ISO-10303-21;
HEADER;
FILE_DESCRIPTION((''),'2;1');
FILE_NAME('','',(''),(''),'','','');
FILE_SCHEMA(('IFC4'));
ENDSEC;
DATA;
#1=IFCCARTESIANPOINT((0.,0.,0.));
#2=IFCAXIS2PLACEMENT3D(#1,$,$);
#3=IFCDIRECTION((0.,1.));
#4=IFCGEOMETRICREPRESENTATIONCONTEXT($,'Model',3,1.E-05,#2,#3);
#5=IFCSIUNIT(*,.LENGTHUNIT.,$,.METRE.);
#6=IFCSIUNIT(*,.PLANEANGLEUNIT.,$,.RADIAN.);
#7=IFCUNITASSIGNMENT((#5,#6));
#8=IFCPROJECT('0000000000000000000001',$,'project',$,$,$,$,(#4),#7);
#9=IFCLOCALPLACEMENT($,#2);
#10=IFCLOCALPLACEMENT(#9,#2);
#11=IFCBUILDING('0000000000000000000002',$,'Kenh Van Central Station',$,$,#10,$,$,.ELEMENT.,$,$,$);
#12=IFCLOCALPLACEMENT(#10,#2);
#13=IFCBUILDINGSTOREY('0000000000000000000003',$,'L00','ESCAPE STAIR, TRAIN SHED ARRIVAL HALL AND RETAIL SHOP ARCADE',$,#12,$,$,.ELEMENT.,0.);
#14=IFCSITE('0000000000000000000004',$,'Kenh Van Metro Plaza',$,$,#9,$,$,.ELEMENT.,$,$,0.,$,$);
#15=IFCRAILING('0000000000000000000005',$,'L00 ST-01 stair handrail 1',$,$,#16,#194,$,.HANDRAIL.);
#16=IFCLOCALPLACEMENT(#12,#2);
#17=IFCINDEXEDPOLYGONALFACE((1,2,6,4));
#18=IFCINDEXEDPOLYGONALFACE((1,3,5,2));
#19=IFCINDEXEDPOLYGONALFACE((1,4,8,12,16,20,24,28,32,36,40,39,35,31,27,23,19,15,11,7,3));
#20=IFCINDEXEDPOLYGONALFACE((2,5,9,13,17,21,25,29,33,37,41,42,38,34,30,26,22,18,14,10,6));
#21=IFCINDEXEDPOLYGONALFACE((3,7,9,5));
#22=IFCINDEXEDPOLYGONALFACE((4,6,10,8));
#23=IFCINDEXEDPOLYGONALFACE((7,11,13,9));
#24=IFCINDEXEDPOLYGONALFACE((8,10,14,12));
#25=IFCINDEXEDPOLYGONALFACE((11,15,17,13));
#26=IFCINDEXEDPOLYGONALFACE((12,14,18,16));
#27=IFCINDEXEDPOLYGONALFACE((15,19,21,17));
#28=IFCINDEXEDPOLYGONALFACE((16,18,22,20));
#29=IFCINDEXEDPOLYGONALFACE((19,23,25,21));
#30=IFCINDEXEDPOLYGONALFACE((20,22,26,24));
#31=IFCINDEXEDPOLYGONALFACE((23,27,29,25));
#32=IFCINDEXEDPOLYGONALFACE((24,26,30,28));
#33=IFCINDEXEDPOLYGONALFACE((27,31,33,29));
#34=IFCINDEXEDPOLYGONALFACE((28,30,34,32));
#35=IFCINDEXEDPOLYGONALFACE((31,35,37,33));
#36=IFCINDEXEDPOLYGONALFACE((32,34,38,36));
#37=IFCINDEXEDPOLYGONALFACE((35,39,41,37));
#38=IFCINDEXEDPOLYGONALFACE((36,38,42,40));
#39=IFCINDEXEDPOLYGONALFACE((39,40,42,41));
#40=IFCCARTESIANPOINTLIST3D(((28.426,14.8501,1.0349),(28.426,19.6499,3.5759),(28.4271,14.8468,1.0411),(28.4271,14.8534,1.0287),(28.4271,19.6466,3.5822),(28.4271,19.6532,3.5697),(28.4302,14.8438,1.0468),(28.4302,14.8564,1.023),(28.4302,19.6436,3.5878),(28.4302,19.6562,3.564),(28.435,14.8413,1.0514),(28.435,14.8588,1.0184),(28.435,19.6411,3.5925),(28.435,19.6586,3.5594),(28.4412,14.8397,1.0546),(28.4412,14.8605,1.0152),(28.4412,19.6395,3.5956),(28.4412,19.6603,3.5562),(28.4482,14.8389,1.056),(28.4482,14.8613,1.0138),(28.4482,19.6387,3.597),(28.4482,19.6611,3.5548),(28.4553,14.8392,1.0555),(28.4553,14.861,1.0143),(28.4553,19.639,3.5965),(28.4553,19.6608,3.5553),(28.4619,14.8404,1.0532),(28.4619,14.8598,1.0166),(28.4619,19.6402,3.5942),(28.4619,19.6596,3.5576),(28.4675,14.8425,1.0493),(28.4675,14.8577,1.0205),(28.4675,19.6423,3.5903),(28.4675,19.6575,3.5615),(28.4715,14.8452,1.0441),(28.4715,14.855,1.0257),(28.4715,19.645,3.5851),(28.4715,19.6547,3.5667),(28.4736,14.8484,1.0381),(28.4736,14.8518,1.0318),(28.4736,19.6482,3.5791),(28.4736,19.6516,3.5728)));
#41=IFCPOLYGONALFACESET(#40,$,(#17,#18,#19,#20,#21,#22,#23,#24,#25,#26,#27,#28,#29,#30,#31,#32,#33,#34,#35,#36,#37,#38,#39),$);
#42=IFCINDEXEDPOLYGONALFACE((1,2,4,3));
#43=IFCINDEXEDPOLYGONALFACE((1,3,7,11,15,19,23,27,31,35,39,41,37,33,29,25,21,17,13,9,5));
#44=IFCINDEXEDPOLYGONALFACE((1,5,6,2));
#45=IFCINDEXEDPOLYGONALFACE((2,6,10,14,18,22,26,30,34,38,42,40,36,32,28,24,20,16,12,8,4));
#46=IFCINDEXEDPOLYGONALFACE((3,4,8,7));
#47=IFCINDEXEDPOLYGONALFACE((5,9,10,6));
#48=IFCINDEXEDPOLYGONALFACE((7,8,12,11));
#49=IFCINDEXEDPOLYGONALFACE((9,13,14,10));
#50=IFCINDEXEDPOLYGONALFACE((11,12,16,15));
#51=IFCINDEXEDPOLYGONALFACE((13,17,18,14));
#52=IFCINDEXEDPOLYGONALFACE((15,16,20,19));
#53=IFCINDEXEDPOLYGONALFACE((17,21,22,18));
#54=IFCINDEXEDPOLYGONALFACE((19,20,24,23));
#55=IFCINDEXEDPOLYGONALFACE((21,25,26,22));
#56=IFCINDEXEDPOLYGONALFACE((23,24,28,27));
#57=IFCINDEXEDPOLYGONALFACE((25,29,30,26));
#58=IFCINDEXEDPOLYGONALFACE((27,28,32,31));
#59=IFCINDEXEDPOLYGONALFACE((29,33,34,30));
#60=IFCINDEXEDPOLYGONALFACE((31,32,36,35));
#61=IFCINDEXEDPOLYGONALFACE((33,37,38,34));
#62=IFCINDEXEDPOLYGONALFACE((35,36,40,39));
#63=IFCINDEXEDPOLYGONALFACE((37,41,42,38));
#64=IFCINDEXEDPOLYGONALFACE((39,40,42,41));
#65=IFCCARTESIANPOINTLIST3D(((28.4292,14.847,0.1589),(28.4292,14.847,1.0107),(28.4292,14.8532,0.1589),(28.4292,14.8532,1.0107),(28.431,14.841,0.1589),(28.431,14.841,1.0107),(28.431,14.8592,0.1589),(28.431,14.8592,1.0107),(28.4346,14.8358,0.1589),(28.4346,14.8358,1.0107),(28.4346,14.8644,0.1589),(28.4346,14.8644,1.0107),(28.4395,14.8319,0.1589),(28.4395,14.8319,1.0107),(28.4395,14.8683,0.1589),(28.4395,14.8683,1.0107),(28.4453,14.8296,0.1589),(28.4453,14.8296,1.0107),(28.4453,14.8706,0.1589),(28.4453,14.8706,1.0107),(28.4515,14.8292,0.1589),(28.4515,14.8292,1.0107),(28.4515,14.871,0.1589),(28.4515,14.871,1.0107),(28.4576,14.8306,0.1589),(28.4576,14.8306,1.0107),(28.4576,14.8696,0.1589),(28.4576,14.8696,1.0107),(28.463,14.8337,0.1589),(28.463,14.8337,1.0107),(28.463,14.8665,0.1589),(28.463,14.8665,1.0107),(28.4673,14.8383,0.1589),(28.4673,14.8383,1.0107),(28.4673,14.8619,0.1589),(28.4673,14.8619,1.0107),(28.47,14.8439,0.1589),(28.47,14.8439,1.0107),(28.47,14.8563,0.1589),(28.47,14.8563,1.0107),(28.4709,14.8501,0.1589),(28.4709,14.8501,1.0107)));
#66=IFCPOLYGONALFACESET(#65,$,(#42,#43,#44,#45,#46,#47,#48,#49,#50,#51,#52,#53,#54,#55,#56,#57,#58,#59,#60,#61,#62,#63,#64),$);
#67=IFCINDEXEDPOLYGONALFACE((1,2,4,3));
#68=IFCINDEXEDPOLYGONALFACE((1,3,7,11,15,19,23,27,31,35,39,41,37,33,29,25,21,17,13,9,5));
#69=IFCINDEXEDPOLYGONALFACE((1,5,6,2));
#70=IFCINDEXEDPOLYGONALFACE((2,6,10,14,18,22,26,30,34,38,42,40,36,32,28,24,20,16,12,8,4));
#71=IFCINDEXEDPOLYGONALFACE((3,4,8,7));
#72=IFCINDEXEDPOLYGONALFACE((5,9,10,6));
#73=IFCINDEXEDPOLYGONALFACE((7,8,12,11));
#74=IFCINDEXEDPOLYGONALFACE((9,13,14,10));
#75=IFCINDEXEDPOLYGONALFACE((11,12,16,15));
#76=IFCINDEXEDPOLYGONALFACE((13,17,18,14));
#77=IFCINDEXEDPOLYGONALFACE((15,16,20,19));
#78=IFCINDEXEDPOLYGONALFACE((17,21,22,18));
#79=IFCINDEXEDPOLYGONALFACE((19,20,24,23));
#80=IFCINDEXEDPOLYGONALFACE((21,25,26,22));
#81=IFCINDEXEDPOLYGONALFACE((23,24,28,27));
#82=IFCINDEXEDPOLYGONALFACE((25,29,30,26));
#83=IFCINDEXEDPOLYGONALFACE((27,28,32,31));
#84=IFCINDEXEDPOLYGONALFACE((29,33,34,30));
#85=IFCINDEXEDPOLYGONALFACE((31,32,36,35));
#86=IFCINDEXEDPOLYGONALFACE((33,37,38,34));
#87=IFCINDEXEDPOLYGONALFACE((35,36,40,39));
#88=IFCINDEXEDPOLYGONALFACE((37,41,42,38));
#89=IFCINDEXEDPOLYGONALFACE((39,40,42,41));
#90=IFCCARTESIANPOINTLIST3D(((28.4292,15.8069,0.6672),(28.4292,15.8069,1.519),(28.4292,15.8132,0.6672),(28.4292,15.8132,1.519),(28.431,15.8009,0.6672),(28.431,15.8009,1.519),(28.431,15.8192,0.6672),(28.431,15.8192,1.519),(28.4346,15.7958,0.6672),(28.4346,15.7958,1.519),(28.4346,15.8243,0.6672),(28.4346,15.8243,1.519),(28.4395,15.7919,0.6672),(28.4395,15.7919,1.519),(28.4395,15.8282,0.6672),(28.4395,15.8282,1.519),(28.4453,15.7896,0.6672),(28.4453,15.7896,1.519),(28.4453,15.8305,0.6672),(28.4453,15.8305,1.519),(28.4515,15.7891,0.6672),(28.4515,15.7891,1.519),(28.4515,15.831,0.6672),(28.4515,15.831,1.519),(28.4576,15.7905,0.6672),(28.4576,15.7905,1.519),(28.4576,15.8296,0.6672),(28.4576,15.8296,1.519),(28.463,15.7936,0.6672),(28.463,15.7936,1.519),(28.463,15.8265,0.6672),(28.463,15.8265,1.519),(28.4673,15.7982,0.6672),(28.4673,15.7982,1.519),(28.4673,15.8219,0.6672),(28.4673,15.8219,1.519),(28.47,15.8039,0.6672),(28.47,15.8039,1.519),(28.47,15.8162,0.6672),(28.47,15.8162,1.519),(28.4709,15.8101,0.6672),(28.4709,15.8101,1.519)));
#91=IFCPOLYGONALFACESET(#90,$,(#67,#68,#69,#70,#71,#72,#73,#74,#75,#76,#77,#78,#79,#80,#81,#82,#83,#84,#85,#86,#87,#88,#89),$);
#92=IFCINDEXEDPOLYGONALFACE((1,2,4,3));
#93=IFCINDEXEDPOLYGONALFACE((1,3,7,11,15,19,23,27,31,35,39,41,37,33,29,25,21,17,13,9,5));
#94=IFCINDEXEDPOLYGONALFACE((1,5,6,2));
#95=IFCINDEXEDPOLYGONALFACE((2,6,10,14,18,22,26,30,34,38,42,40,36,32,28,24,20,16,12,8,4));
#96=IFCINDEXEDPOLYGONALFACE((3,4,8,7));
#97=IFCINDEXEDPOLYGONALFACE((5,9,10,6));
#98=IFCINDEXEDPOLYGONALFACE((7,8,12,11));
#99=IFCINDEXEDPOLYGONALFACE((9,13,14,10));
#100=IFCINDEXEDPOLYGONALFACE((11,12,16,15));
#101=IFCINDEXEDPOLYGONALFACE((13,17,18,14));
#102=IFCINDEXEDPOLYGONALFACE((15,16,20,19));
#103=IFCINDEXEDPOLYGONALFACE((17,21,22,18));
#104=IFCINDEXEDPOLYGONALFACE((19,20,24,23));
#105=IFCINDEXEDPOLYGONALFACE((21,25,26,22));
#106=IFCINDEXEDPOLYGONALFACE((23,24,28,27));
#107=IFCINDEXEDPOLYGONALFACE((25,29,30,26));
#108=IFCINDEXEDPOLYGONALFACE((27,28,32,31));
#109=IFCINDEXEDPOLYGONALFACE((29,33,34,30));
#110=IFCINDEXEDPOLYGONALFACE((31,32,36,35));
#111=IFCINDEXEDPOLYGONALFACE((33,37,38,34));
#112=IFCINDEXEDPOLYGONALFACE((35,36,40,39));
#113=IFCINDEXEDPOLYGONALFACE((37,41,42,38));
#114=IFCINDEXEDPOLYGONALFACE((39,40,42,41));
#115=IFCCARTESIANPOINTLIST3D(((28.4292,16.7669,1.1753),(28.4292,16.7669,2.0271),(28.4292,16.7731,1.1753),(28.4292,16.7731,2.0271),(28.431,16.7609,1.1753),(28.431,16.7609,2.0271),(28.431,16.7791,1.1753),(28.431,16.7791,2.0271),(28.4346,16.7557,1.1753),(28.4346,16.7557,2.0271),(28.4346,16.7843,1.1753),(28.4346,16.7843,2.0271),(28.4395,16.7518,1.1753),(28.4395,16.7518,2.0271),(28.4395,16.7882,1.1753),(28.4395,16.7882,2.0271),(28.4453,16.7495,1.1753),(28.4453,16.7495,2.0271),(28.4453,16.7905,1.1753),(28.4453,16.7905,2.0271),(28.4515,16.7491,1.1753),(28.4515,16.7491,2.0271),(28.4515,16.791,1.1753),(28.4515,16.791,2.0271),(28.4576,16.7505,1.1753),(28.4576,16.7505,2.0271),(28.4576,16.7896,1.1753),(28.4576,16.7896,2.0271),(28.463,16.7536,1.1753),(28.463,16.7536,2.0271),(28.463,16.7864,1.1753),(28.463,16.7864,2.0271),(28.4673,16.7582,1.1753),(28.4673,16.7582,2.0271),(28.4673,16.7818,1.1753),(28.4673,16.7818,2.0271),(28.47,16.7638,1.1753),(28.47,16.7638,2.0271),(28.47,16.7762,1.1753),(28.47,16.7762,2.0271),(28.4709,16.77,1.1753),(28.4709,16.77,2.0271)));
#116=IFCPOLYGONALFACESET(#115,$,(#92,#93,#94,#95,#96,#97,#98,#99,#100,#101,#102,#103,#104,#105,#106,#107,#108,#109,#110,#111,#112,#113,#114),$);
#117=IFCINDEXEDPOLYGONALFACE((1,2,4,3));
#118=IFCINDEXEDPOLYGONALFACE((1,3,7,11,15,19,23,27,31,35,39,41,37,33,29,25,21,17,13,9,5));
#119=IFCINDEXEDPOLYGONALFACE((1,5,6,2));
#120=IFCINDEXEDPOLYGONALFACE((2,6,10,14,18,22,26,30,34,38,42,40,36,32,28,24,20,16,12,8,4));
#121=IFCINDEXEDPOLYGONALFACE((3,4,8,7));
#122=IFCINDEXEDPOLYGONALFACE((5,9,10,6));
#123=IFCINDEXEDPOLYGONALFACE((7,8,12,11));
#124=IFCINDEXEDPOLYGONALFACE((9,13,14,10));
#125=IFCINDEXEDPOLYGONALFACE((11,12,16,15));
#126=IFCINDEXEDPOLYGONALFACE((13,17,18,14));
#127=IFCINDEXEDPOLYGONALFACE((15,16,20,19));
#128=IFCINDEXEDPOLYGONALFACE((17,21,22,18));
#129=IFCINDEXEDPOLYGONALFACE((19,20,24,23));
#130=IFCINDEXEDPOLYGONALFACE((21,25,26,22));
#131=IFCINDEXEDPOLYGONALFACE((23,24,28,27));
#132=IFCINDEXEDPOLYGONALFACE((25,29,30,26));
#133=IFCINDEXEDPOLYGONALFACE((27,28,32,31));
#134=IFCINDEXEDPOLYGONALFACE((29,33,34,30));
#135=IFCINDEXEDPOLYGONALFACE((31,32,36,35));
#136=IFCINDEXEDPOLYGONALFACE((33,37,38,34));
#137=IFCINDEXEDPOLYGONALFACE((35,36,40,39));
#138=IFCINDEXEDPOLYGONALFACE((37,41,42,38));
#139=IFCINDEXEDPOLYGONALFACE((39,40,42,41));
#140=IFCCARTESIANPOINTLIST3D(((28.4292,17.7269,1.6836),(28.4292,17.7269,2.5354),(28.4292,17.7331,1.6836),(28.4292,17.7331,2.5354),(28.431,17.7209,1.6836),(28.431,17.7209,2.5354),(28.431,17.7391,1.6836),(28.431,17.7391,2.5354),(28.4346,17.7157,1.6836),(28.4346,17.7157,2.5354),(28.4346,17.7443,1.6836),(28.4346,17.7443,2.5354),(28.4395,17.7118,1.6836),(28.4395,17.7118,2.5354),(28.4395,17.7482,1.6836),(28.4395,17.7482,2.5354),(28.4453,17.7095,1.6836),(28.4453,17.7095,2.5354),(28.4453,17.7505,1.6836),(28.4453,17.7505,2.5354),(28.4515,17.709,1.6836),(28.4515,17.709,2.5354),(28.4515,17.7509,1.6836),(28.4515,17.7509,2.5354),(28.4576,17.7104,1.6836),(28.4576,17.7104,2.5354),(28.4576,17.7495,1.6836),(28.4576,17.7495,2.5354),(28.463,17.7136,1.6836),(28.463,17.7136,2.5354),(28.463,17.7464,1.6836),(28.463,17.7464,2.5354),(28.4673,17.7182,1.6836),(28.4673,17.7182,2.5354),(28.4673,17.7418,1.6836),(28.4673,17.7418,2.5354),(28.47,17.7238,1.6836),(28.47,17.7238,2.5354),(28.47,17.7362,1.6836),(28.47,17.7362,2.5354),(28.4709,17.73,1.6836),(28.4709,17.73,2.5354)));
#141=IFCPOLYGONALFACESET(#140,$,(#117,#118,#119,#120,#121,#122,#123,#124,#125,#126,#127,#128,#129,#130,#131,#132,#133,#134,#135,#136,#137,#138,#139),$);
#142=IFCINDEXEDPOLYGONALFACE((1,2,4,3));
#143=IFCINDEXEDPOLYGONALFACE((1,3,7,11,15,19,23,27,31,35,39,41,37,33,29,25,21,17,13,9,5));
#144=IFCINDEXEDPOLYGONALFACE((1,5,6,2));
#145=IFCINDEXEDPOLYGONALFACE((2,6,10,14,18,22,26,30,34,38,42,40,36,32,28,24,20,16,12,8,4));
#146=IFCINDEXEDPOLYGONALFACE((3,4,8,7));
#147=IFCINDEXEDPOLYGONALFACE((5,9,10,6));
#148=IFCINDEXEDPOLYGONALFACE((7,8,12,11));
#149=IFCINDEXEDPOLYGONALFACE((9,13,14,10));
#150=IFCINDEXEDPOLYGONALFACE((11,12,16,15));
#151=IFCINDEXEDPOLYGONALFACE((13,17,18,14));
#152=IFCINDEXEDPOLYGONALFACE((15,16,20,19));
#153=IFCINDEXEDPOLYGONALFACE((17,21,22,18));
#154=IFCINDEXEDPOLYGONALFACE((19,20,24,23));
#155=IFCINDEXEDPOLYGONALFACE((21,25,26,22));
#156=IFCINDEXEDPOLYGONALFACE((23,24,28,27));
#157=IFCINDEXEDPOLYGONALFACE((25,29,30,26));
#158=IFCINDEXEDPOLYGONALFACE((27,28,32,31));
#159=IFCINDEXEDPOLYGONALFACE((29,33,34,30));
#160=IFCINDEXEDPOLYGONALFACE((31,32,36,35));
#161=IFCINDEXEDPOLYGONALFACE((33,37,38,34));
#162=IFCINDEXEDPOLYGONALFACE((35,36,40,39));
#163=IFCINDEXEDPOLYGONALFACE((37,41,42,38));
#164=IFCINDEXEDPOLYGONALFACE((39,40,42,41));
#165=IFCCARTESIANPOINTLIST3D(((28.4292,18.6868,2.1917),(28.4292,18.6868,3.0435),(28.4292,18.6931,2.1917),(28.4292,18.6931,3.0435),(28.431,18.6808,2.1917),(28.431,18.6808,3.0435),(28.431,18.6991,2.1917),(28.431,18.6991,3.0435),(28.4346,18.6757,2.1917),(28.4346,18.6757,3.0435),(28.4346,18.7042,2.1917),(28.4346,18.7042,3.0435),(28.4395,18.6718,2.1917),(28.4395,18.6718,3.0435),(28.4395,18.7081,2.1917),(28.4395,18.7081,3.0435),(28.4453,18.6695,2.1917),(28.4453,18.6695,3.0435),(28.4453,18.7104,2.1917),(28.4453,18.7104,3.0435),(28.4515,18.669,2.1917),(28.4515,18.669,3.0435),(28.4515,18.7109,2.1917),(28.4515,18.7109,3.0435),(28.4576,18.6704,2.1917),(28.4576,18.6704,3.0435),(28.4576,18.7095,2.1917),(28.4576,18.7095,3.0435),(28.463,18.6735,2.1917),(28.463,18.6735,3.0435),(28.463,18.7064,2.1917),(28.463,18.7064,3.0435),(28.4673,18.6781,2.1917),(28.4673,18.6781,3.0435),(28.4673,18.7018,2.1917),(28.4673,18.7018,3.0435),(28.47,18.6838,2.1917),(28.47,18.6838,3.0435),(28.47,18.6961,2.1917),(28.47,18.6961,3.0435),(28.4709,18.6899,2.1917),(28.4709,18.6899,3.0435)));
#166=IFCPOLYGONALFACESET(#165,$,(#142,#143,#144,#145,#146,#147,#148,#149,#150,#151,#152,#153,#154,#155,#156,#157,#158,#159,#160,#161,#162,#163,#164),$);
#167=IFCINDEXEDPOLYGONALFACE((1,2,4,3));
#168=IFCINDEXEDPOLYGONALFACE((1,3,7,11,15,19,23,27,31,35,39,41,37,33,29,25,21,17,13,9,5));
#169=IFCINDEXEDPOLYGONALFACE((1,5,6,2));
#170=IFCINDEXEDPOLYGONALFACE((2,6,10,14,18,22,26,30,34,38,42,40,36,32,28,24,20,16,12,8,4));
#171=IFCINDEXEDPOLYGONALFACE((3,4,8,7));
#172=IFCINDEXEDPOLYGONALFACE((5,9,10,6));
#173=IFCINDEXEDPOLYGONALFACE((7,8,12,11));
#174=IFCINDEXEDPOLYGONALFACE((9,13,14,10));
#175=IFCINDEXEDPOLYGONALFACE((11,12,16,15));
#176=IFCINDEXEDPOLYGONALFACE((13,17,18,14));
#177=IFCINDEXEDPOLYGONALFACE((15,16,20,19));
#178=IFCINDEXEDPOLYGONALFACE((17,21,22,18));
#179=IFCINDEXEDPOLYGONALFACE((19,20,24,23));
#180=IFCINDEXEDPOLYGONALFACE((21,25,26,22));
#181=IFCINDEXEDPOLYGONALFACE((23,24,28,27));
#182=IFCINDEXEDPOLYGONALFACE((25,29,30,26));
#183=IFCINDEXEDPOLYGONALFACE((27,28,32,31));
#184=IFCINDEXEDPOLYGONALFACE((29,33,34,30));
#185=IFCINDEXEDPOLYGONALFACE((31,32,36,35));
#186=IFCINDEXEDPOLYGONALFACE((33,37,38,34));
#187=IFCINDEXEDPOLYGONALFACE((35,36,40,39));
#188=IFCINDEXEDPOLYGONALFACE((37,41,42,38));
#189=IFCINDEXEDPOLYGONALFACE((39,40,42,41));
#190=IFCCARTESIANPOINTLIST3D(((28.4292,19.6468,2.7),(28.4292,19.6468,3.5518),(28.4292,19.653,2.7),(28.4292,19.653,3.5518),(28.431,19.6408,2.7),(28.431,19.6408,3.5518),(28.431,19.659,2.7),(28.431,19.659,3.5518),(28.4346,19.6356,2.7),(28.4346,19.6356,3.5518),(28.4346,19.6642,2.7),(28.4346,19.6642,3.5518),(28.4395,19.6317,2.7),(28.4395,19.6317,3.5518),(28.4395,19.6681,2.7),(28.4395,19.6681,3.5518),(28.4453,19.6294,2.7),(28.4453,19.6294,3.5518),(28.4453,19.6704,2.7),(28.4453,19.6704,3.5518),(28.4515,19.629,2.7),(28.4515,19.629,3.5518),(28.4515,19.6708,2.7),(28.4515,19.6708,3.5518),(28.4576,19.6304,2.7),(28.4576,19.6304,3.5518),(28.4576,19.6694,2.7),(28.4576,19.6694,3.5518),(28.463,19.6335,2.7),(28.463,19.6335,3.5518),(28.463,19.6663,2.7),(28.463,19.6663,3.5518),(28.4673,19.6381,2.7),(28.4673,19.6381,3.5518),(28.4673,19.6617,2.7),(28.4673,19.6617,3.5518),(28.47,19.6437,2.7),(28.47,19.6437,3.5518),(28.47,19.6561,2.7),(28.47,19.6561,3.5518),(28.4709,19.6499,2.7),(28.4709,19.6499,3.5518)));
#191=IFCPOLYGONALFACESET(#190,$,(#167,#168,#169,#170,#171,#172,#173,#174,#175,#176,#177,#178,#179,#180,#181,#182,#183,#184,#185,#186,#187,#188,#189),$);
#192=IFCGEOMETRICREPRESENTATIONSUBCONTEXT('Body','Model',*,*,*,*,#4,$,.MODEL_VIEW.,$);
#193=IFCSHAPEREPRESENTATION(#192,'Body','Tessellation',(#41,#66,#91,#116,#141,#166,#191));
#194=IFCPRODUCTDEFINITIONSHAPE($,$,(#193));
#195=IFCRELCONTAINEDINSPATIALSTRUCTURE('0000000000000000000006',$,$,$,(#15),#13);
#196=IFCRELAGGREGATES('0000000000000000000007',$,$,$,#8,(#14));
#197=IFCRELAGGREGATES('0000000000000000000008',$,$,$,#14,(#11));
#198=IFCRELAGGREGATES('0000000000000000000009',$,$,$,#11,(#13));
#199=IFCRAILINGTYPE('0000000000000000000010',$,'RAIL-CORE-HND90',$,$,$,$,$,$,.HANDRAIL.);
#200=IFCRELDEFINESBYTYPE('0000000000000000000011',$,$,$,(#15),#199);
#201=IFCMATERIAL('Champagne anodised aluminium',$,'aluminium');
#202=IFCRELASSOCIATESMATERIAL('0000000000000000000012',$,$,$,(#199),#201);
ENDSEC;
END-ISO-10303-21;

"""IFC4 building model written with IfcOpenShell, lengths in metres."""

from ifc_helpers import new_model, si_unit, direction, frame, origin, origin_2d, place, context, subcontext, project, spatial, circle, extrude, material, type_object, element, save


model = new_model("IFC4")

# Units and contexts
model_context = context("Model", 3, precision=1e-05, world=origin(), true_north=direction((0.0, 1.0)))
body_context = subcontext(model_context, "Body", "Model", "MODEL_VIEW")
ifc_project = project(units=[si_unit("LENGTHUNIT", "METRE"), si_unit("PLANEANGLEUNIT", "RADIAN")], contexts=[model_context])

# Site, building, storey
site_placement = place(None, origin())
site = spatial("IfcSite", under=ifc_project, at=site_placement, Name="Kenh Van Metro Plaza", CompositionType="ELEMENT", RefElevation=0.0)
building_placement = place(site_placement, origin())
building = spatial("IfcBuilding", under=site, at=building_placement, Name="Kenh Van Central Station", CompositionType="ELEMENT")
storey_placement = place(building_placement, origin())
storey = spatial("IfcBuildingStorey", under=building, at=storey_placement, Name="L00", Description="ESCAPE STAIR, TRAIN SHED ARRIVAL HALL AND RETAIL SHOP ARCADE", CompositionType="ELEMENT", Elevation=0.0)

# Shared definitions
ifc_material_1 = material(Name="Champagne anodised aluminium", Category="aluminium")

# Railing
railing_type_1 = type_object("IfcRailingType", Name="RAIL-CORE-HND90", PredefinedType="HANDRAIL", material=ifc_material_1)
railing_1_placement = place(storey_placement, frame((28.45, 14.8501, 0.1589)))
element("IfcRailing", 1, at=railing_1_placement, inside=storey, type_object=railing_type_1, Name="L00 ST-01 stair handrail 1", PredefinedType="HANDRAIL", context=body_context, shape_type="SweptSolid", body=[
    extrude(circle(Radius=0.0239, at=origin_2d()), frame((0.0, 0.0, 0.876), z_axis=(0.0, 0.883792, 0.467879), x_axis=(-1.0, 0.0, 0.0)), (0.0, 0.0, 1.0), 5.4309),
    extrude(circle(Radius=0.021, at=origin_2d()), origin(), (0.0, 0.0, 1.0), 0.8518),
    extrude(circle(Radius=0.021, at=origin_2d()), frame((0.0, 0.96, 0.5083)), (0.0, 0.0, 1.0), 0.8518),
    extrude(circle(Radius=0.021, at=origin_2d()), frame((0.0, 1.9199, 1.0164)), (0.0, 0.0, 1.0), 0.8518),
    extrude(circle(Radius=0.021, at=origin_2d()), frame((0.0, 2.8799, 1.5247)), (0.0, 0.0, 1.0), 0.8518),
    extrude(circle(Radius=0.021, at=origin_2d()), frame((0.0, 3.8398, 2.0327)), (0.0, 0.0, 1.0), 0.8518),
    extrude(circle(Radius=0.021, at=origin_2d()), frame((0.0, 4.7998, 2.541)), (0.0, 0.0, 1.0), 0.8518),
])

save(model, "model.ifc")
